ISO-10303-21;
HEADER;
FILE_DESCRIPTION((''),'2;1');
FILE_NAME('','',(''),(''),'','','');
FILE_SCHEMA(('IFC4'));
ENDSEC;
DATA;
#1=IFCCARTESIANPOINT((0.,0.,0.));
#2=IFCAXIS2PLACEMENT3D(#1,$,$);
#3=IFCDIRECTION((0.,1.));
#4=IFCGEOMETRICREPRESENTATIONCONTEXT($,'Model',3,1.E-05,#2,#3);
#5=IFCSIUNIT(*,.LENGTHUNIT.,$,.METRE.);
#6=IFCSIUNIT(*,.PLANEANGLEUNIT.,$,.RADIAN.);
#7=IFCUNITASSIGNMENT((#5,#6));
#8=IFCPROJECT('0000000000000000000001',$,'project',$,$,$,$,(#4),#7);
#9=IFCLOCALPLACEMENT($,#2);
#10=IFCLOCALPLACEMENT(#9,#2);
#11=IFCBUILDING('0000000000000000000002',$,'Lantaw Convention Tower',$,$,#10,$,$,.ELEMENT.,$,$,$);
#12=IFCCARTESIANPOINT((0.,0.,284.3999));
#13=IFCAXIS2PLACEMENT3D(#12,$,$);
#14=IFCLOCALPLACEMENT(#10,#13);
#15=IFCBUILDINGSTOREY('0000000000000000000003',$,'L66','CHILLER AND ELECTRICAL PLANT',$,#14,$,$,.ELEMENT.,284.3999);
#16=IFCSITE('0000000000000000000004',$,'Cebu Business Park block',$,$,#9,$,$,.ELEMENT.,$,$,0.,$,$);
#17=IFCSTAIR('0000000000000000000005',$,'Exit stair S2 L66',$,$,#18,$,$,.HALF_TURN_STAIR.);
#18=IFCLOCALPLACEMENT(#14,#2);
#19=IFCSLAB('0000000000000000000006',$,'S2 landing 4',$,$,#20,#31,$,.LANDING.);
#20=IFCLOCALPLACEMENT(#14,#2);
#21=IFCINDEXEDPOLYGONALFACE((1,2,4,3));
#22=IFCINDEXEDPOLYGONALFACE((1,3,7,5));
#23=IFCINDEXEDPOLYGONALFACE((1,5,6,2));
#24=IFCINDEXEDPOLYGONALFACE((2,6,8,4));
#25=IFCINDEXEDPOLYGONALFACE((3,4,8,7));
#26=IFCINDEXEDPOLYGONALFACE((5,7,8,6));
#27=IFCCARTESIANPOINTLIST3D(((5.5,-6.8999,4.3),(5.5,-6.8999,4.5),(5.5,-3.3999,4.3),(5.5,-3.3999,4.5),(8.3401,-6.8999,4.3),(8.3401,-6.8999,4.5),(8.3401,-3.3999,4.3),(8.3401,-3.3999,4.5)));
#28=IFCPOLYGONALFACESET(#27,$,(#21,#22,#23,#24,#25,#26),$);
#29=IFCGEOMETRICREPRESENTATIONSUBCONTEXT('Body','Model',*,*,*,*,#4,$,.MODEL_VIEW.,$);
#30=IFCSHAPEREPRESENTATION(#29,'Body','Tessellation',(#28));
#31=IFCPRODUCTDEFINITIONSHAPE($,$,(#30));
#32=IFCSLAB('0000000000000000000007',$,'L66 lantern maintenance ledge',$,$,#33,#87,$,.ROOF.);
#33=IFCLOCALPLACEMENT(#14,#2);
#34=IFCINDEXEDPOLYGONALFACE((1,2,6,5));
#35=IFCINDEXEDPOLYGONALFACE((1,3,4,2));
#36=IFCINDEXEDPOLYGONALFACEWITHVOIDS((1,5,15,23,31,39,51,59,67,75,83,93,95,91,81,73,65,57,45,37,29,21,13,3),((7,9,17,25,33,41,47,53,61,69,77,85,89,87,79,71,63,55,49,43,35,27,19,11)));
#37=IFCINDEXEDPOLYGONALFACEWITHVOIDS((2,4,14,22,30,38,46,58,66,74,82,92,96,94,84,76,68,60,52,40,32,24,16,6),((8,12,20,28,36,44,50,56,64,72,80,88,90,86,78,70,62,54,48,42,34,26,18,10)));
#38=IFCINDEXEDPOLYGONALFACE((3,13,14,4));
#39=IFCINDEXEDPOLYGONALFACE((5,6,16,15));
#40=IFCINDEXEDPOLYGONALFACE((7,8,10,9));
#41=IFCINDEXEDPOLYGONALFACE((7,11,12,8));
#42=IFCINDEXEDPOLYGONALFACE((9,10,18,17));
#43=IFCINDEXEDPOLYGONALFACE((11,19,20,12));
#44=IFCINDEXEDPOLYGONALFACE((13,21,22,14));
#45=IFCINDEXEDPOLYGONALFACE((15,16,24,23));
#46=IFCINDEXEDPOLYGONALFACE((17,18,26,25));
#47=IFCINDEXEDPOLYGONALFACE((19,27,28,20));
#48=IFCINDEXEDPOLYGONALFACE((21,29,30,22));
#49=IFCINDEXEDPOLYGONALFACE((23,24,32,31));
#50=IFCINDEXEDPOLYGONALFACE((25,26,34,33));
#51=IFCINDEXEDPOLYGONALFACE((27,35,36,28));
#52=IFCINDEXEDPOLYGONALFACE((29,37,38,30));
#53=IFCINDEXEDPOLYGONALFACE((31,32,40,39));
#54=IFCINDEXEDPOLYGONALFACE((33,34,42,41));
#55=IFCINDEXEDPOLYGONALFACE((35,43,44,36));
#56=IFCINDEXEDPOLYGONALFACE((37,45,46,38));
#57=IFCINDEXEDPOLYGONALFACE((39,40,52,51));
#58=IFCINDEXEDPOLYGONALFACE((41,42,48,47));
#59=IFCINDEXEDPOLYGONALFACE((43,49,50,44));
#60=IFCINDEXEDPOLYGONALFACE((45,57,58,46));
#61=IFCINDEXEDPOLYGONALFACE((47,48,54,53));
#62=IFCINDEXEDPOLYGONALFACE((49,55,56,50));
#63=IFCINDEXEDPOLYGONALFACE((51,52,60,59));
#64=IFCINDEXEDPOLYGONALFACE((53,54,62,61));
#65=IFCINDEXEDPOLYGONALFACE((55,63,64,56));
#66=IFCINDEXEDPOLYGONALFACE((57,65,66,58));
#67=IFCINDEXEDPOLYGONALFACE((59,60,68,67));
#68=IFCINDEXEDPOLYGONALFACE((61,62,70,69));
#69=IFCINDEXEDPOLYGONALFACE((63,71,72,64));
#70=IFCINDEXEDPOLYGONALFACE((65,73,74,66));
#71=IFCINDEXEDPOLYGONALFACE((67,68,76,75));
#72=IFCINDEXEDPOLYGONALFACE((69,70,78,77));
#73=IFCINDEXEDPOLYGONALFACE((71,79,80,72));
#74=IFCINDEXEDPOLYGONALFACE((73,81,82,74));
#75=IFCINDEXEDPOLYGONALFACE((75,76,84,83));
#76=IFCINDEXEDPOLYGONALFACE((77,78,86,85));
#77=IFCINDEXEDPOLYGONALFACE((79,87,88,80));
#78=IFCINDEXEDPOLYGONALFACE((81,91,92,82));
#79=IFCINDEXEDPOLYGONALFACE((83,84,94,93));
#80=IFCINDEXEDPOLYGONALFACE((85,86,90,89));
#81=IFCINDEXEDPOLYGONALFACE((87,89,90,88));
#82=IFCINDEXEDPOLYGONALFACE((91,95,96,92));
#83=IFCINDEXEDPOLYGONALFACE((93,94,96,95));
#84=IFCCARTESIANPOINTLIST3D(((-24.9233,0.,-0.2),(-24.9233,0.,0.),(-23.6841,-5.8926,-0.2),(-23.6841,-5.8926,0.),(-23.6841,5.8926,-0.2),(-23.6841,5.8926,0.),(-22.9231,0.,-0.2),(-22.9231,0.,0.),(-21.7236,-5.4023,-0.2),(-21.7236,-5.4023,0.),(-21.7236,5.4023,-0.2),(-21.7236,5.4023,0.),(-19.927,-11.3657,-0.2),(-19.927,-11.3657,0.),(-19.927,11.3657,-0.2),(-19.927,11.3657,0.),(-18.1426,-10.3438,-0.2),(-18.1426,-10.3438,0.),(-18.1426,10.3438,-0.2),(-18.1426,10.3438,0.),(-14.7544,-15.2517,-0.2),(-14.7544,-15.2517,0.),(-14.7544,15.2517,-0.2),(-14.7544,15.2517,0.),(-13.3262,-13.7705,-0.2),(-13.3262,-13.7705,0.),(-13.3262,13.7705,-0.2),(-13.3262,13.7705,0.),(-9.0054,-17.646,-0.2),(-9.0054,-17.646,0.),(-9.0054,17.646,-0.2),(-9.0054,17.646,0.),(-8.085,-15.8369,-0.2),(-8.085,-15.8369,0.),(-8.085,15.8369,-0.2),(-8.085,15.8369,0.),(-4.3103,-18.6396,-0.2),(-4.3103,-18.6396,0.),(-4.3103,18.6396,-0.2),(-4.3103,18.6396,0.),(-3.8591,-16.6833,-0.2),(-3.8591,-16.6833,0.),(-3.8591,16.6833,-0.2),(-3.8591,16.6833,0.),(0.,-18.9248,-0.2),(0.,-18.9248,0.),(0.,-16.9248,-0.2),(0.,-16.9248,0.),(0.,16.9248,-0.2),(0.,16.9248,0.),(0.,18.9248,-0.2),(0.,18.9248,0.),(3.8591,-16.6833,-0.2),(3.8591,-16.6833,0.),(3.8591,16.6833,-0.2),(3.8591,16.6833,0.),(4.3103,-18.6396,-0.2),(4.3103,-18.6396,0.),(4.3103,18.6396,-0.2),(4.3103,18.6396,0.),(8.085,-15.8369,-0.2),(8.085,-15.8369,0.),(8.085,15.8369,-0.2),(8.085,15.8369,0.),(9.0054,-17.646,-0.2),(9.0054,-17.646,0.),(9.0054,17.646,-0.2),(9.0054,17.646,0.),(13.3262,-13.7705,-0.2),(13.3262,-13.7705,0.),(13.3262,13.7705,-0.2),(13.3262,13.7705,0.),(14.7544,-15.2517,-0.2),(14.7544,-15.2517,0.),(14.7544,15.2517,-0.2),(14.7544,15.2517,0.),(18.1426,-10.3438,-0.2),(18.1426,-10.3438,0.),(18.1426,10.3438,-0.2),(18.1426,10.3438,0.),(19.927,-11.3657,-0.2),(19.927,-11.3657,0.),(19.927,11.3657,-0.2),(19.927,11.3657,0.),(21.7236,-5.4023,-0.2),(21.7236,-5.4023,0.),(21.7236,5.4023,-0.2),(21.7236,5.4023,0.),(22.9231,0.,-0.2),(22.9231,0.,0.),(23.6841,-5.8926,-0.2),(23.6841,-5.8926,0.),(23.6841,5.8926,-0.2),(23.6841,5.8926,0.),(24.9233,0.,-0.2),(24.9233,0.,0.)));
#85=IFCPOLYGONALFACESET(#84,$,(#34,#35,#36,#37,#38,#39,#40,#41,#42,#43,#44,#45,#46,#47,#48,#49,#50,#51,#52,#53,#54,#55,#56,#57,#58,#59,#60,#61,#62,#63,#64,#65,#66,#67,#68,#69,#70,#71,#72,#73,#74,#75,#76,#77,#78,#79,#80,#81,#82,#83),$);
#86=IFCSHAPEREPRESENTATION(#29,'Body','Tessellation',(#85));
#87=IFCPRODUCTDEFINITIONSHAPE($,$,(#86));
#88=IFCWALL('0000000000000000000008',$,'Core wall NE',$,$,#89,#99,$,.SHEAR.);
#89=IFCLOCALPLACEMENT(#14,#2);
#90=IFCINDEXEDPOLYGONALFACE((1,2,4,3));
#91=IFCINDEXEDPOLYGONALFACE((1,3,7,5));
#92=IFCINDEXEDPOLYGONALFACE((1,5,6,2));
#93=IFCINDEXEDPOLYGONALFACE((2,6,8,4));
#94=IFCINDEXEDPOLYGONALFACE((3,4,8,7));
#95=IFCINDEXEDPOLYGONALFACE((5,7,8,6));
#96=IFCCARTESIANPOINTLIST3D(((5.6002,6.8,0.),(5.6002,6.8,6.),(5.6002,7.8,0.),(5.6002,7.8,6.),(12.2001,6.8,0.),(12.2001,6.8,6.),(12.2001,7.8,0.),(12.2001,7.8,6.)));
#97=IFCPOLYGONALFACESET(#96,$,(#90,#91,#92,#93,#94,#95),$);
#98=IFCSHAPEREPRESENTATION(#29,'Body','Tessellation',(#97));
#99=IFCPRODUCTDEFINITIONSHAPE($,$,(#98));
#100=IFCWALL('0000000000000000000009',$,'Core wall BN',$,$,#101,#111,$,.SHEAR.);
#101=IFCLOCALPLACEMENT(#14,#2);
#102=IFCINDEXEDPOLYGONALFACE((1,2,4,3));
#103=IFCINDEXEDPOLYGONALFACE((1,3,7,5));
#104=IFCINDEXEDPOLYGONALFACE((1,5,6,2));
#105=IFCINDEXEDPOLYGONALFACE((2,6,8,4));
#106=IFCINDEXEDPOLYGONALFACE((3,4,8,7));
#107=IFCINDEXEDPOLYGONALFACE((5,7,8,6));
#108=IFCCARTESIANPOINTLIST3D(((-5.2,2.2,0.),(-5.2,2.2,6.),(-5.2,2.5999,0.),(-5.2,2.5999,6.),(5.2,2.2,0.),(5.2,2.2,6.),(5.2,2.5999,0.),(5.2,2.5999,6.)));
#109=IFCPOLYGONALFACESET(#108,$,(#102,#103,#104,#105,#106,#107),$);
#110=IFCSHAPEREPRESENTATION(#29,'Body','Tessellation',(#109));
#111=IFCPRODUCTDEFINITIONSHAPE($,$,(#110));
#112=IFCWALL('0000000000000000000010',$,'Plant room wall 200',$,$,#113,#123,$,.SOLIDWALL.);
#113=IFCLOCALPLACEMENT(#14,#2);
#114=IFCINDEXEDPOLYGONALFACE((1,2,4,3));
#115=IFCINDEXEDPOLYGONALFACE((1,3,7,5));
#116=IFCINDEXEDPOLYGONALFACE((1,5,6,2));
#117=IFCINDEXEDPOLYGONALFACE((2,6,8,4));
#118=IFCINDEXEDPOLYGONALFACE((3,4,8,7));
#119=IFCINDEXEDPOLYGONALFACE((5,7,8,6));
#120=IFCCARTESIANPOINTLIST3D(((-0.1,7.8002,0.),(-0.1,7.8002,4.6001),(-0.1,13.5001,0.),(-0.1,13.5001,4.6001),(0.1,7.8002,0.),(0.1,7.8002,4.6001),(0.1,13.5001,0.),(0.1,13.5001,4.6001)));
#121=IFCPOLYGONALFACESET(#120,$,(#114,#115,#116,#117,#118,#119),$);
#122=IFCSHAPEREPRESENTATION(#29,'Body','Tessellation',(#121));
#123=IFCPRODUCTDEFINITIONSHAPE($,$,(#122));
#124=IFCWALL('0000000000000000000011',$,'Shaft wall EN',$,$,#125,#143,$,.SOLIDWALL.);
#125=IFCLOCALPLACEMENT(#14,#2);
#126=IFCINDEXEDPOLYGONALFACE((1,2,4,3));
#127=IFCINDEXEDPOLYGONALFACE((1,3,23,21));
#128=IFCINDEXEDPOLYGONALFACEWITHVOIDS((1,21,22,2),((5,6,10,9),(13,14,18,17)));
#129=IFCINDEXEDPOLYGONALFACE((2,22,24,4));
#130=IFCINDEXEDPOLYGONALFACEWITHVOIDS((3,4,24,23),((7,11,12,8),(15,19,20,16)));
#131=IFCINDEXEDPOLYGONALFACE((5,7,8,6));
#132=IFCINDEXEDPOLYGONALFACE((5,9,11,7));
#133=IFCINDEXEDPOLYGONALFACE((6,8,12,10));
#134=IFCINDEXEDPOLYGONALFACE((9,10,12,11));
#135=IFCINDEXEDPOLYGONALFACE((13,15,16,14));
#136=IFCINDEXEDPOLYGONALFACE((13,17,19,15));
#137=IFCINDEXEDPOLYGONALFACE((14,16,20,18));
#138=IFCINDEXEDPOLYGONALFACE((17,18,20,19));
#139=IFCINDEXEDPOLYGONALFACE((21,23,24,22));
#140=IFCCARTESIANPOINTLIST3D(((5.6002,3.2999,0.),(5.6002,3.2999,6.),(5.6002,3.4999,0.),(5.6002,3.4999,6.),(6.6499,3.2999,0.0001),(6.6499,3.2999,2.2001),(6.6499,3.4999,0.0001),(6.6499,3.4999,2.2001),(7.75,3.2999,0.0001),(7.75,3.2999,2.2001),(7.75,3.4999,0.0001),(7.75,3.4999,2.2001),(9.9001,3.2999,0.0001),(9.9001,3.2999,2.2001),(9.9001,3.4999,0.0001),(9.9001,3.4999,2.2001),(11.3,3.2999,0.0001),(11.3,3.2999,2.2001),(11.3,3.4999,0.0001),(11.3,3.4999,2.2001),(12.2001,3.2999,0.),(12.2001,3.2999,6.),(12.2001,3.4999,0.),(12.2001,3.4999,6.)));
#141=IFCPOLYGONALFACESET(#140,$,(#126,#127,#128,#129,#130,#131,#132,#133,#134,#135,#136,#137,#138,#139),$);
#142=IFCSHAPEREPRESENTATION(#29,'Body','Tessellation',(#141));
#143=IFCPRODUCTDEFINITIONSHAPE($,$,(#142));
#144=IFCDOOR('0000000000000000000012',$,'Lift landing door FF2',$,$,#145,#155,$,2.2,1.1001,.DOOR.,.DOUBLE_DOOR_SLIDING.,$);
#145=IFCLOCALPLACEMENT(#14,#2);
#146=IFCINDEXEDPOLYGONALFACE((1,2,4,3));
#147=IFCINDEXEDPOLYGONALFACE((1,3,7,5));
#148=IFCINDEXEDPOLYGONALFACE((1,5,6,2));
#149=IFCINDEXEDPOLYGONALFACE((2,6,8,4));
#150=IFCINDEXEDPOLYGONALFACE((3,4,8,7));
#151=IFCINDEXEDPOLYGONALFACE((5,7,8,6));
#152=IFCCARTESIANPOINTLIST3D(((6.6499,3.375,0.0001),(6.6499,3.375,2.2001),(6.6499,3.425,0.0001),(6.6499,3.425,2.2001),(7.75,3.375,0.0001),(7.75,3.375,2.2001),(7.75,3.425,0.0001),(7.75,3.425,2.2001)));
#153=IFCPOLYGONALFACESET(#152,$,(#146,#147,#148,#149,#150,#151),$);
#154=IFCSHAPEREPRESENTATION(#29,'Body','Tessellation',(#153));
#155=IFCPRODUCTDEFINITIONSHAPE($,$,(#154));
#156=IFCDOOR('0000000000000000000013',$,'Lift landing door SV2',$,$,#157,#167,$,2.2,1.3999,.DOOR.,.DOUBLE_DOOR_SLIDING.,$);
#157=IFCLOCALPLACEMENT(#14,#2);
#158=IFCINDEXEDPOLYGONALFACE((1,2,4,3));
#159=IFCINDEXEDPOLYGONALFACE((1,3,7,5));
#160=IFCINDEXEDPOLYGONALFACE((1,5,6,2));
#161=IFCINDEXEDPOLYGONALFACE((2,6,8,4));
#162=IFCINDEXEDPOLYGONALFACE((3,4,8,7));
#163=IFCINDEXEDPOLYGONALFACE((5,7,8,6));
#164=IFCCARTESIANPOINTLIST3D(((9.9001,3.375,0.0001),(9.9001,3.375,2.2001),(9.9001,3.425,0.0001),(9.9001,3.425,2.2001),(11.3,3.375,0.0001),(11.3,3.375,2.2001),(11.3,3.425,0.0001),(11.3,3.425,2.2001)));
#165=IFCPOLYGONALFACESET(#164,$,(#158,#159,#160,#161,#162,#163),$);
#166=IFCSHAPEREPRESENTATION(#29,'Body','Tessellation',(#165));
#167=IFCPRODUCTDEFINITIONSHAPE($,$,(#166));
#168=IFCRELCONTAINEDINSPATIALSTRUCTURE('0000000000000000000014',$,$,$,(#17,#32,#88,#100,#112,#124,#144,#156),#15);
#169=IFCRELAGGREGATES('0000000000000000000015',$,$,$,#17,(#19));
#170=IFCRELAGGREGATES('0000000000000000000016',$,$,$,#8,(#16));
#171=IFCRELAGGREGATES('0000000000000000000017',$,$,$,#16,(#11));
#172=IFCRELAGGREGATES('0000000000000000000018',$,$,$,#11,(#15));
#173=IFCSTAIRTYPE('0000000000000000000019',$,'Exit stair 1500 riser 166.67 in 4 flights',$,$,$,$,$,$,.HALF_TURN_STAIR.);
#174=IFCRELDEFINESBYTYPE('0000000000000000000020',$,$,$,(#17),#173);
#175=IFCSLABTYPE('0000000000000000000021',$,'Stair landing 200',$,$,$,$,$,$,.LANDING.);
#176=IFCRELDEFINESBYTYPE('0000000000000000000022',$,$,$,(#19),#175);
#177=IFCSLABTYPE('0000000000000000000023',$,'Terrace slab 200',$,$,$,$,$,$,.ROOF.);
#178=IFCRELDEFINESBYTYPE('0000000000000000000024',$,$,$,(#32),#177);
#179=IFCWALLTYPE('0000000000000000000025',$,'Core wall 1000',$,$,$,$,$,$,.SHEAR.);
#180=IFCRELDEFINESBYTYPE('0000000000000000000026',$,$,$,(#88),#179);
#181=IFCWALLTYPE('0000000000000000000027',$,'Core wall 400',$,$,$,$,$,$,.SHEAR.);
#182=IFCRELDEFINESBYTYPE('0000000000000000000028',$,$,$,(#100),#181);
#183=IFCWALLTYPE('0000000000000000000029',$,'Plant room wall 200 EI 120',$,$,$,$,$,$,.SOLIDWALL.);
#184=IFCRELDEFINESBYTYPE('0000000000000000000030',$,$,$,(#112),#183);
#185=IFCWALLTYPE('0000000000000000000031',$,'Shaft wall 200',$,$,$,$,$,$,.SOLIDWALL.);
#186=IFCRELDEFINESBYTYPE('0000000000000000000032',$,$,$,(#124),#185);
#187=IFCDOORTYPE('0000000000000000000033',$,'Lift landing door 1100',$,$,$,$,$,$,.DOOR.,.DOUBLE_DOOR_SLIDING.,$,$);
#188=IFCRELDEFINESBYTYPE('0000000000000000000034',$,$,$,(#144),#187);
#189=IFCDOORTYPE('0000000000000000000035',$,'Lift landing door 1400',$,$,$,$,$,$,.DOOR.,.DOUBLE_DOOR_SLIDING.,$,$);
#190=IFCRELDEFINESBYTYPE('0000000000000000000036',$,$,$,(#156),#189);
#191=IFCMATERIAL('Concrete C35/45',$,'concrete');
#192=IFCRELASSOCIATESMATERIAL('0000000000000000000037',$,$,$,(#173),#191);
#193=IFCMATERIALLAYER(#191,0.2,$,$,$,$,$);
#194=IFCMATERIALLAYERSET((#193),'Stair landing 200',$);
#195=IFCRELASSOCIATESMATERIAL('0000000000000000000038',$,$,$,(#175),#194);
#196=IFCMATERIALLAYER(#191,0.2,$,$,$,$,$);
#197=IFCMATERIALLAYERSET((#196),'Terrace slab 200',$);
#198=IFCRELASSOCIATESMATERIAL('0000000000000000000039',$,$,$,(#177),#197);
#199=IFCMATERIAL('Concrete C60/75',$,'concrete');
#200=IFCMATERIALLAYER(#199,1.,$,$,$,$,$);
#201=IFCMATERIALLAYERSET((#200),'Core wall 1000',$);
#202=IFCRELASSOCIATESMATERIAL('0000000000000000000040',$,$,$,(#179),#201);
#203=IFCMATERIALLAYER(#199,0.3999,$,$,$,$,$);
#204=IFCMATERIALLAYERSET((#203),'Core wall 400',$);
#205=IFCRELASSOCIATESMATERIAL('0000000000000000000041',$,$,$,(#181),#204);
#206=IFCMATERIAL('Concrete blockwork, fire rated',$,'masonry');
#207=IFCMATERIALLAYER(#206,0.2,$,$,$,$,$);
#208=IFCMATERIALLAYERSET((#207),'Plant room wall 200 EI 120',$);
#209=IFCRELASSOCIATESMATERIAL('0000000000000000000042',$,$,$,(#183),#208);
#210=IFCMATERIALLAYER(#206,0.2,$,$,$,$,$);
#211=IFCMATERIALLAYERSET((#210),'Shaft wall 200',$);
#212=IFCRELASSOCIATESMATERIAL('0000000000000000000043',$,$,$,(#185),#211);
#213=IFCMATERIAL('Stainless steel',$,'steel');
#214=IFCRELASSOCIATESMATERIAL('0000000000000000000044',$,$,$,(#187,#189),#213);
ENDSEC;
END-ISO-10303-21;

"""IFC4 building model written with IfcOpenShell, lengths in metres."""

from ifc_helpers import new_model, si_unit, direction, frame, frame_2d, origin, place, context, subcontext, project, spatial, polyline, rectangle, outline, extrude, material, layer, layer_set, type_object, element, fill, aggregate, save


model = new_model("IFC4")

# Units and contexts
model_context = context("Model", 3, precision=1e-05, world=origin(), true_north=direction((0.0, 1.0)))
body_context = subcontext(model_context, "Body", "Model", "MODEL_VIEW")
ifc_project = project(units=[si_unit("LENGTHUNIT", "METRE"), si_unit("PLANEANGLEUNIT", "RADIAN")], contexts=[model_context])

# Site, building, storey
site_placement = place(None, origin())
site = spatial("IfcSite", under=ifc_project, at=site_placement, Name="Cebu Business Park block", CompositionType="ELEMENT", RefElevation=0.0)
building_placement = place(site_placement, origin())
building = spatial("IfcBuilding", under=site, at=building_placement, Name="Lantaw Convention Tower", CompositionType="ELEMENT")
storey_placement = place(building_placement, frame((0.0, 0.0, 284.3999)))
storey = spatial("IfcBuildingStorey", under=building, at=storey_placement, Name="L66", Description="CHILLER AND ELECTRICAL PLANT", CompositionType="ELEMENT", Elevation=284.3999)

# Shared definitions
ifc_material_1 = material(Name="Concrete C35/45", Category="concrete")

# Stair, slab
stair_type = type_object("IfcStairType", Name="Exit stair 1500 riser 166.67 in 4 flights", PredefinedType="HALF_TURN_STAIR", material=ifc_material_1)
ifc_layer_1 = layer(ifc_material_1, 0.2)
ifc_layer_set_1 = layer_set([ifc_layer_1], Name="Stair landing 200")
slab_type_1 = type_object("IfcSlabType", Name="Stair landing 200", PredefinedType="LANDING", material=ifc_layer_set_1)
stair_1_placement = place(storey_placement, origin())
stair_1 = element("IfcStair", 1, at=stair_1_placement, inside=storey, type_object=stair_type, Name="Exit stair S2 L66", PredefinedType="HALF_TURN_STAIR")
slab_1_placement = place(storey_placement, frame((0.0, 0.0, 4.3)))
slab_1 = element("IfcSlab", 2, at=slab_1_placement, type_object=slab_type_1, Name="S2 landing 4", PredefinedType="LANDING", context=body_context, shape_type="SweptSolid", body=[
    extrude(outline(polyline([(5.5, -6.8999), (8.3401, -6.8999), (8.3401, -3.3999), (5.5, -3.3999), (5.5, -6.8999)])), origin(), (0.0, 0.0, 1.0), 0.2),
])
aggregate(stair_1, [slab_1])

# Slab
ifc_layer_2 = layer(ifc_material_1, 0.2)
ifc_layer_set_2 = layer_set([ifc_layer_2], Name="Terrace slab 200")
slab_type_2 = type_object("IfcSlabType", Name="Terrace slab 200", PredefinedType="ROOF", material=ifc_layer_set_2)
slab_2_placement = place(storey_placement, frame((0.0, 0.0, -0.2)))
element("IfcSlab", 3, at=slab_2_placement, inside=storey, type_object=slab_type_2, Name="L66 lantern maintenance ledge", PredefinedType="ROOF", context=body_context, shape_type="SweptSolid", body=[
    extrude(outline(polyline([(19.927, -11.3657), (23.6841, -5.8926), (24.9233, 0.0), (23.6841, 5.8926), (19.927, 11.3657), (14.7544, 15.2517), (9.0054, 17.646), (4.3103, 18.6396), (0.0, 18.9248), (-4.3103, 18.6396), (-9.0054, 17.646), (-14.7544, 15.2517), (-19.927, 11.3657), (-23.6841, 5.8926), (-24.9233, 0.0), (-23.6841, -5.8926), (-19.927, -11.3657), (-14.7544, -15.2517), (-9.0054, -17.646), (-4.3103, -18.6396), (0.0, -18.9248), (4.3103, -18.6396), (9.0054, -17.646), (14.7544, -15.2517), (19.927, -11.3657)]), holes=[polyline([(18.1426, 10.3438), (13.3262, 13.7705), (8.085, 15.8369), (3.8591, 16.6833), (0.0, 16.9248), (-3.8591, 16.6833), (-8.085, 15.8369), (-13.3262, 13.7705), (-18.1426, 10.3438), (-21.7236, 5.4023), (-22.9231, 0.0), (-21.7236, -5.4023), (-18.1426, -10.3438), (-13.3262, -13.7705), (-8.085, -15.8369), (-3.8591, -16.6833), (0.0, -16.9248), (3.8591, -16.6833), (8.085, -15.8369), (13.3262, -13.7705), (18.1426, -10.3438), (21.7236, -5.4023), (22.9231, 0.0), (21.7236, 5.4023), (18.1426, 10.3438)])]), origin(), (0.0, 0.0, 1.0), 0.2),
])

# Walls
ifc_material_2 = material(Name="Concrete C60/75", Category="concrete")
ifc_layer_3 = layer(ifc_material_2, 1.0)
ifc_layer_set_3 = layer_set([ifc_layer_3], Name="Core wall 1000")
wall_type_1 = type_object("IfcWallType", Name="Core wall 1000", PredefinedType="SHEAR", material=ifc_layer_set_3)
wall_1_placement = place(storey_placement, frame((12.2, 7.3, 0.0), z_axis=(0.0, 0.0, 1.0), x_axis=(-1.0, 0.0, 0.0)))
element("IfcWall", 4, at=wall_1_placement, inside=storey, type_object=wall_type_1, Name="Core wall NE", PredefinedType="SHEAR", context=body_context, shape_type="SweptSolid", body=[
    extrude(rectangle(XDim=6.5999, YDim=1.0, at=frame_2d((3.2998, 0.0))), origin(), (0.0, 0.0, 1.0), 6.0),
])
ifc_layer_4 = layer(ifc_material_2, 0.3999)
ifc_layer_set_4 = layer_set([ifc_layer_4], Name="Core wall 400")
wall_type_2 = type_object("IfcWallType", Name="Core wall 400", PredefinedType="SHEAR", material=ifc_layer_set_4)
wall_2_placement = place(storey_placement, frame((5.2, 2.3999, 0.0), z_axis=(0.0, 0.0, 1.0), x_axis=(-1.0, 0.0, 0.0)))
element("IfcWall", 5, at=wall_2_placement, inside=storey, type_object=wall_type_2, Name="Core wall BN", PredefinedType="SHEAR", context=body_context, shape_type="SweptSolid", body=[
    extrude(rectangle(XDim=10.3999, YDim=0.3999, at=frame_2d((5.2, 0.0))), origin(), (0.0, 0.0, 1.0), 6.0),
])
ifc_material_3 = material(Name="Concrete blockwork, fire rated", Category="masonry")
ifc_layer_5 = layer(ifc_material_3, 0.2)
ifc_layer_set_5 = layer_set([ifc_layer_5], Name="Plant room wall 200 EI 120")
wall_type_3 = type_object("IfcWallType", Name="Plant room wall 200 EI 120", PredefinedType="SOLIDWALL", material=ifc_layer_set_5)
wall_3_placement = place(storey_placement, frame((0.0, 7.8, 0.0), z_axis=(0.0, 0.0, 1.0), x_axis=(0.0, 1.0, 0.0)))
element("IfcWall", 6, at=wall_3_placement, inside=storey, type_object=wall_type_3, Name="Plant room wall 200", PredefinedType="SOLIDWALL", context=body_context, shape_type="SweptSolid", body=[
    extrude(rectangle(XDim=5.7, YDim=0.2, at=frame_2d((2.8501, 0.0))), origin(), (0.0, 0.0, 1.0), 4.6001),
])

# Wall, openings, doors
ifc_layer_6 = layer(ifc_material_3, 0.2)
ifc_layer_set_6 = layer_set([ifc_layer_6], Name="Shaft wall 200")
wall_type_4 = type_object("IfcWallType", Name="Shaft wall 200", PredefinedType="SOLIDWALL", material=ifc_layer_set_6)
wall_4_placement = place(storey_placement, frame((12.2, 3.3999, 0.0), z_axis=(0.0, 0.0, 1.0), x_axis=(-1.0, 0.0, 0.0)))
wall_4 = element("IfcWall", 7, at=wall_4_placement, inside=storey, type_object=wall_type_4, Name="Shaft wall EN", PredefinedType="SOLIDWALL", context=body_context, shape_type="SweptSolid", body=[
    extrude(rectangle(XDim=6.5999, YDim=0.2, at=frame_2d((3.2998, 0.0))), origin(), (0.0, 0.0, 1.0), 6.0),
])
opening_1_placement = place(wall_4_placement, frame((4.45, 0.0, 0.0)))
opening_1 = element("IfcOpeningElement", 8, at=opening_1_placement, cuts=wall_4, PredefinedType="OPENING", context=body_context, shape_type="SweptSolid", body=[
    extrude(rectangle(XDim=1.1001, YDim=2.2, at=frame_2d((0.55, 1.1001))), frame((0.0, 0.1099, 0.0), z_axis=(0.0, -1.0, 0.0), x_axis=(1.0, 0.0, 0.0)), (0.0, 0.0, 1.0), 0.22),
])
opening_2_placement = place(wall_4_placement, frame((0.8999, 0.0, 0.0)))
opening_2 = element("IfcOpeningElement", 9, at=opening_2_placement, cuts=wall_4, PredefinedType="OPENING", context=body_context, shape_type="SweptSolid", body=[
    extrude(rectangle(XDim=1.3999, YDim=2.2, at=frame_2d((0.7, 1.1001))), frame((0.0, 0.1099, 0.0), z_axis=(0.0, -1.0, 0.0), x_axis=(1.0, 0.0, 0.0)), (0.0, 0.0, 1.0), 0.22),
])
ifc_material_4 = material(Name="Stainless steel", Category="steel")
door_type_1 = type_object("IfcDoorType", Name="Lift landing door 1100", OperationType="DOUBLE_DOOR_SLIDING", PredefinedType="DOOR", material=ifc_material_4)
door_1_placement = place(opening_1_placement, origin())
door_1 = element("IfcDoor", 10, at=door_1_placement, inside=storey, type_object=door_type_1, Name="Lift landing door FF2", OperationType="DOUBLE_DOOR_SLIDING", OverallHeight=2.2, OverallWidth=1.1001, PredefinedType="DOOR", context=body_context, shape_type="SweptSolid", body=[
    extrude(rectangle(XDim=1.1001, YDim=2.2, at=frame_2d((0.55, 1.1001))), frame((0.0, 0.0249, 0.0), z_axis=(0.0, -1.0, 0.0), x_axis=(1.0, 0.0, 0.0)), (0.0, 0.0, 1.0), 0.05),
])
fill(opening_1, door_1)
door_type_2 = type_object("IfcDoorType", Name="Lift landing door 1400", OperationType="DOUBLE_DOOR_SLIDING", PredefinedType="DOOR", material=ifc_material_4)
door_2_placement = place(opening_2_placement, origin())
door_2 = element("IfcDoor", 11, at=door_2_placement, inside=storey, type_object=door_type_2, Name="Lift landing door SV2", OperationType="DOUBLE_DOOR_SLIDING", OverallHeight=2.2, OverallWidth=1.3999, PredefinedType="DOOR", context=body_context, shape_type="SweptSolid", body=[
    extrude(rectangle(XDim=1.3999, YDim=2.2, at=frame_2d((0.7, 1.1001))), frame((0.0, 0.0249, 0.0), z_axis=(0.0, -1.0, 0.0), x_axis=(1.0, 0.0, 0.0)), (0.0, 0.0, 1.0), 0.05),
])
fill(opening_2, door_2)

save(model, "model.ifc")
